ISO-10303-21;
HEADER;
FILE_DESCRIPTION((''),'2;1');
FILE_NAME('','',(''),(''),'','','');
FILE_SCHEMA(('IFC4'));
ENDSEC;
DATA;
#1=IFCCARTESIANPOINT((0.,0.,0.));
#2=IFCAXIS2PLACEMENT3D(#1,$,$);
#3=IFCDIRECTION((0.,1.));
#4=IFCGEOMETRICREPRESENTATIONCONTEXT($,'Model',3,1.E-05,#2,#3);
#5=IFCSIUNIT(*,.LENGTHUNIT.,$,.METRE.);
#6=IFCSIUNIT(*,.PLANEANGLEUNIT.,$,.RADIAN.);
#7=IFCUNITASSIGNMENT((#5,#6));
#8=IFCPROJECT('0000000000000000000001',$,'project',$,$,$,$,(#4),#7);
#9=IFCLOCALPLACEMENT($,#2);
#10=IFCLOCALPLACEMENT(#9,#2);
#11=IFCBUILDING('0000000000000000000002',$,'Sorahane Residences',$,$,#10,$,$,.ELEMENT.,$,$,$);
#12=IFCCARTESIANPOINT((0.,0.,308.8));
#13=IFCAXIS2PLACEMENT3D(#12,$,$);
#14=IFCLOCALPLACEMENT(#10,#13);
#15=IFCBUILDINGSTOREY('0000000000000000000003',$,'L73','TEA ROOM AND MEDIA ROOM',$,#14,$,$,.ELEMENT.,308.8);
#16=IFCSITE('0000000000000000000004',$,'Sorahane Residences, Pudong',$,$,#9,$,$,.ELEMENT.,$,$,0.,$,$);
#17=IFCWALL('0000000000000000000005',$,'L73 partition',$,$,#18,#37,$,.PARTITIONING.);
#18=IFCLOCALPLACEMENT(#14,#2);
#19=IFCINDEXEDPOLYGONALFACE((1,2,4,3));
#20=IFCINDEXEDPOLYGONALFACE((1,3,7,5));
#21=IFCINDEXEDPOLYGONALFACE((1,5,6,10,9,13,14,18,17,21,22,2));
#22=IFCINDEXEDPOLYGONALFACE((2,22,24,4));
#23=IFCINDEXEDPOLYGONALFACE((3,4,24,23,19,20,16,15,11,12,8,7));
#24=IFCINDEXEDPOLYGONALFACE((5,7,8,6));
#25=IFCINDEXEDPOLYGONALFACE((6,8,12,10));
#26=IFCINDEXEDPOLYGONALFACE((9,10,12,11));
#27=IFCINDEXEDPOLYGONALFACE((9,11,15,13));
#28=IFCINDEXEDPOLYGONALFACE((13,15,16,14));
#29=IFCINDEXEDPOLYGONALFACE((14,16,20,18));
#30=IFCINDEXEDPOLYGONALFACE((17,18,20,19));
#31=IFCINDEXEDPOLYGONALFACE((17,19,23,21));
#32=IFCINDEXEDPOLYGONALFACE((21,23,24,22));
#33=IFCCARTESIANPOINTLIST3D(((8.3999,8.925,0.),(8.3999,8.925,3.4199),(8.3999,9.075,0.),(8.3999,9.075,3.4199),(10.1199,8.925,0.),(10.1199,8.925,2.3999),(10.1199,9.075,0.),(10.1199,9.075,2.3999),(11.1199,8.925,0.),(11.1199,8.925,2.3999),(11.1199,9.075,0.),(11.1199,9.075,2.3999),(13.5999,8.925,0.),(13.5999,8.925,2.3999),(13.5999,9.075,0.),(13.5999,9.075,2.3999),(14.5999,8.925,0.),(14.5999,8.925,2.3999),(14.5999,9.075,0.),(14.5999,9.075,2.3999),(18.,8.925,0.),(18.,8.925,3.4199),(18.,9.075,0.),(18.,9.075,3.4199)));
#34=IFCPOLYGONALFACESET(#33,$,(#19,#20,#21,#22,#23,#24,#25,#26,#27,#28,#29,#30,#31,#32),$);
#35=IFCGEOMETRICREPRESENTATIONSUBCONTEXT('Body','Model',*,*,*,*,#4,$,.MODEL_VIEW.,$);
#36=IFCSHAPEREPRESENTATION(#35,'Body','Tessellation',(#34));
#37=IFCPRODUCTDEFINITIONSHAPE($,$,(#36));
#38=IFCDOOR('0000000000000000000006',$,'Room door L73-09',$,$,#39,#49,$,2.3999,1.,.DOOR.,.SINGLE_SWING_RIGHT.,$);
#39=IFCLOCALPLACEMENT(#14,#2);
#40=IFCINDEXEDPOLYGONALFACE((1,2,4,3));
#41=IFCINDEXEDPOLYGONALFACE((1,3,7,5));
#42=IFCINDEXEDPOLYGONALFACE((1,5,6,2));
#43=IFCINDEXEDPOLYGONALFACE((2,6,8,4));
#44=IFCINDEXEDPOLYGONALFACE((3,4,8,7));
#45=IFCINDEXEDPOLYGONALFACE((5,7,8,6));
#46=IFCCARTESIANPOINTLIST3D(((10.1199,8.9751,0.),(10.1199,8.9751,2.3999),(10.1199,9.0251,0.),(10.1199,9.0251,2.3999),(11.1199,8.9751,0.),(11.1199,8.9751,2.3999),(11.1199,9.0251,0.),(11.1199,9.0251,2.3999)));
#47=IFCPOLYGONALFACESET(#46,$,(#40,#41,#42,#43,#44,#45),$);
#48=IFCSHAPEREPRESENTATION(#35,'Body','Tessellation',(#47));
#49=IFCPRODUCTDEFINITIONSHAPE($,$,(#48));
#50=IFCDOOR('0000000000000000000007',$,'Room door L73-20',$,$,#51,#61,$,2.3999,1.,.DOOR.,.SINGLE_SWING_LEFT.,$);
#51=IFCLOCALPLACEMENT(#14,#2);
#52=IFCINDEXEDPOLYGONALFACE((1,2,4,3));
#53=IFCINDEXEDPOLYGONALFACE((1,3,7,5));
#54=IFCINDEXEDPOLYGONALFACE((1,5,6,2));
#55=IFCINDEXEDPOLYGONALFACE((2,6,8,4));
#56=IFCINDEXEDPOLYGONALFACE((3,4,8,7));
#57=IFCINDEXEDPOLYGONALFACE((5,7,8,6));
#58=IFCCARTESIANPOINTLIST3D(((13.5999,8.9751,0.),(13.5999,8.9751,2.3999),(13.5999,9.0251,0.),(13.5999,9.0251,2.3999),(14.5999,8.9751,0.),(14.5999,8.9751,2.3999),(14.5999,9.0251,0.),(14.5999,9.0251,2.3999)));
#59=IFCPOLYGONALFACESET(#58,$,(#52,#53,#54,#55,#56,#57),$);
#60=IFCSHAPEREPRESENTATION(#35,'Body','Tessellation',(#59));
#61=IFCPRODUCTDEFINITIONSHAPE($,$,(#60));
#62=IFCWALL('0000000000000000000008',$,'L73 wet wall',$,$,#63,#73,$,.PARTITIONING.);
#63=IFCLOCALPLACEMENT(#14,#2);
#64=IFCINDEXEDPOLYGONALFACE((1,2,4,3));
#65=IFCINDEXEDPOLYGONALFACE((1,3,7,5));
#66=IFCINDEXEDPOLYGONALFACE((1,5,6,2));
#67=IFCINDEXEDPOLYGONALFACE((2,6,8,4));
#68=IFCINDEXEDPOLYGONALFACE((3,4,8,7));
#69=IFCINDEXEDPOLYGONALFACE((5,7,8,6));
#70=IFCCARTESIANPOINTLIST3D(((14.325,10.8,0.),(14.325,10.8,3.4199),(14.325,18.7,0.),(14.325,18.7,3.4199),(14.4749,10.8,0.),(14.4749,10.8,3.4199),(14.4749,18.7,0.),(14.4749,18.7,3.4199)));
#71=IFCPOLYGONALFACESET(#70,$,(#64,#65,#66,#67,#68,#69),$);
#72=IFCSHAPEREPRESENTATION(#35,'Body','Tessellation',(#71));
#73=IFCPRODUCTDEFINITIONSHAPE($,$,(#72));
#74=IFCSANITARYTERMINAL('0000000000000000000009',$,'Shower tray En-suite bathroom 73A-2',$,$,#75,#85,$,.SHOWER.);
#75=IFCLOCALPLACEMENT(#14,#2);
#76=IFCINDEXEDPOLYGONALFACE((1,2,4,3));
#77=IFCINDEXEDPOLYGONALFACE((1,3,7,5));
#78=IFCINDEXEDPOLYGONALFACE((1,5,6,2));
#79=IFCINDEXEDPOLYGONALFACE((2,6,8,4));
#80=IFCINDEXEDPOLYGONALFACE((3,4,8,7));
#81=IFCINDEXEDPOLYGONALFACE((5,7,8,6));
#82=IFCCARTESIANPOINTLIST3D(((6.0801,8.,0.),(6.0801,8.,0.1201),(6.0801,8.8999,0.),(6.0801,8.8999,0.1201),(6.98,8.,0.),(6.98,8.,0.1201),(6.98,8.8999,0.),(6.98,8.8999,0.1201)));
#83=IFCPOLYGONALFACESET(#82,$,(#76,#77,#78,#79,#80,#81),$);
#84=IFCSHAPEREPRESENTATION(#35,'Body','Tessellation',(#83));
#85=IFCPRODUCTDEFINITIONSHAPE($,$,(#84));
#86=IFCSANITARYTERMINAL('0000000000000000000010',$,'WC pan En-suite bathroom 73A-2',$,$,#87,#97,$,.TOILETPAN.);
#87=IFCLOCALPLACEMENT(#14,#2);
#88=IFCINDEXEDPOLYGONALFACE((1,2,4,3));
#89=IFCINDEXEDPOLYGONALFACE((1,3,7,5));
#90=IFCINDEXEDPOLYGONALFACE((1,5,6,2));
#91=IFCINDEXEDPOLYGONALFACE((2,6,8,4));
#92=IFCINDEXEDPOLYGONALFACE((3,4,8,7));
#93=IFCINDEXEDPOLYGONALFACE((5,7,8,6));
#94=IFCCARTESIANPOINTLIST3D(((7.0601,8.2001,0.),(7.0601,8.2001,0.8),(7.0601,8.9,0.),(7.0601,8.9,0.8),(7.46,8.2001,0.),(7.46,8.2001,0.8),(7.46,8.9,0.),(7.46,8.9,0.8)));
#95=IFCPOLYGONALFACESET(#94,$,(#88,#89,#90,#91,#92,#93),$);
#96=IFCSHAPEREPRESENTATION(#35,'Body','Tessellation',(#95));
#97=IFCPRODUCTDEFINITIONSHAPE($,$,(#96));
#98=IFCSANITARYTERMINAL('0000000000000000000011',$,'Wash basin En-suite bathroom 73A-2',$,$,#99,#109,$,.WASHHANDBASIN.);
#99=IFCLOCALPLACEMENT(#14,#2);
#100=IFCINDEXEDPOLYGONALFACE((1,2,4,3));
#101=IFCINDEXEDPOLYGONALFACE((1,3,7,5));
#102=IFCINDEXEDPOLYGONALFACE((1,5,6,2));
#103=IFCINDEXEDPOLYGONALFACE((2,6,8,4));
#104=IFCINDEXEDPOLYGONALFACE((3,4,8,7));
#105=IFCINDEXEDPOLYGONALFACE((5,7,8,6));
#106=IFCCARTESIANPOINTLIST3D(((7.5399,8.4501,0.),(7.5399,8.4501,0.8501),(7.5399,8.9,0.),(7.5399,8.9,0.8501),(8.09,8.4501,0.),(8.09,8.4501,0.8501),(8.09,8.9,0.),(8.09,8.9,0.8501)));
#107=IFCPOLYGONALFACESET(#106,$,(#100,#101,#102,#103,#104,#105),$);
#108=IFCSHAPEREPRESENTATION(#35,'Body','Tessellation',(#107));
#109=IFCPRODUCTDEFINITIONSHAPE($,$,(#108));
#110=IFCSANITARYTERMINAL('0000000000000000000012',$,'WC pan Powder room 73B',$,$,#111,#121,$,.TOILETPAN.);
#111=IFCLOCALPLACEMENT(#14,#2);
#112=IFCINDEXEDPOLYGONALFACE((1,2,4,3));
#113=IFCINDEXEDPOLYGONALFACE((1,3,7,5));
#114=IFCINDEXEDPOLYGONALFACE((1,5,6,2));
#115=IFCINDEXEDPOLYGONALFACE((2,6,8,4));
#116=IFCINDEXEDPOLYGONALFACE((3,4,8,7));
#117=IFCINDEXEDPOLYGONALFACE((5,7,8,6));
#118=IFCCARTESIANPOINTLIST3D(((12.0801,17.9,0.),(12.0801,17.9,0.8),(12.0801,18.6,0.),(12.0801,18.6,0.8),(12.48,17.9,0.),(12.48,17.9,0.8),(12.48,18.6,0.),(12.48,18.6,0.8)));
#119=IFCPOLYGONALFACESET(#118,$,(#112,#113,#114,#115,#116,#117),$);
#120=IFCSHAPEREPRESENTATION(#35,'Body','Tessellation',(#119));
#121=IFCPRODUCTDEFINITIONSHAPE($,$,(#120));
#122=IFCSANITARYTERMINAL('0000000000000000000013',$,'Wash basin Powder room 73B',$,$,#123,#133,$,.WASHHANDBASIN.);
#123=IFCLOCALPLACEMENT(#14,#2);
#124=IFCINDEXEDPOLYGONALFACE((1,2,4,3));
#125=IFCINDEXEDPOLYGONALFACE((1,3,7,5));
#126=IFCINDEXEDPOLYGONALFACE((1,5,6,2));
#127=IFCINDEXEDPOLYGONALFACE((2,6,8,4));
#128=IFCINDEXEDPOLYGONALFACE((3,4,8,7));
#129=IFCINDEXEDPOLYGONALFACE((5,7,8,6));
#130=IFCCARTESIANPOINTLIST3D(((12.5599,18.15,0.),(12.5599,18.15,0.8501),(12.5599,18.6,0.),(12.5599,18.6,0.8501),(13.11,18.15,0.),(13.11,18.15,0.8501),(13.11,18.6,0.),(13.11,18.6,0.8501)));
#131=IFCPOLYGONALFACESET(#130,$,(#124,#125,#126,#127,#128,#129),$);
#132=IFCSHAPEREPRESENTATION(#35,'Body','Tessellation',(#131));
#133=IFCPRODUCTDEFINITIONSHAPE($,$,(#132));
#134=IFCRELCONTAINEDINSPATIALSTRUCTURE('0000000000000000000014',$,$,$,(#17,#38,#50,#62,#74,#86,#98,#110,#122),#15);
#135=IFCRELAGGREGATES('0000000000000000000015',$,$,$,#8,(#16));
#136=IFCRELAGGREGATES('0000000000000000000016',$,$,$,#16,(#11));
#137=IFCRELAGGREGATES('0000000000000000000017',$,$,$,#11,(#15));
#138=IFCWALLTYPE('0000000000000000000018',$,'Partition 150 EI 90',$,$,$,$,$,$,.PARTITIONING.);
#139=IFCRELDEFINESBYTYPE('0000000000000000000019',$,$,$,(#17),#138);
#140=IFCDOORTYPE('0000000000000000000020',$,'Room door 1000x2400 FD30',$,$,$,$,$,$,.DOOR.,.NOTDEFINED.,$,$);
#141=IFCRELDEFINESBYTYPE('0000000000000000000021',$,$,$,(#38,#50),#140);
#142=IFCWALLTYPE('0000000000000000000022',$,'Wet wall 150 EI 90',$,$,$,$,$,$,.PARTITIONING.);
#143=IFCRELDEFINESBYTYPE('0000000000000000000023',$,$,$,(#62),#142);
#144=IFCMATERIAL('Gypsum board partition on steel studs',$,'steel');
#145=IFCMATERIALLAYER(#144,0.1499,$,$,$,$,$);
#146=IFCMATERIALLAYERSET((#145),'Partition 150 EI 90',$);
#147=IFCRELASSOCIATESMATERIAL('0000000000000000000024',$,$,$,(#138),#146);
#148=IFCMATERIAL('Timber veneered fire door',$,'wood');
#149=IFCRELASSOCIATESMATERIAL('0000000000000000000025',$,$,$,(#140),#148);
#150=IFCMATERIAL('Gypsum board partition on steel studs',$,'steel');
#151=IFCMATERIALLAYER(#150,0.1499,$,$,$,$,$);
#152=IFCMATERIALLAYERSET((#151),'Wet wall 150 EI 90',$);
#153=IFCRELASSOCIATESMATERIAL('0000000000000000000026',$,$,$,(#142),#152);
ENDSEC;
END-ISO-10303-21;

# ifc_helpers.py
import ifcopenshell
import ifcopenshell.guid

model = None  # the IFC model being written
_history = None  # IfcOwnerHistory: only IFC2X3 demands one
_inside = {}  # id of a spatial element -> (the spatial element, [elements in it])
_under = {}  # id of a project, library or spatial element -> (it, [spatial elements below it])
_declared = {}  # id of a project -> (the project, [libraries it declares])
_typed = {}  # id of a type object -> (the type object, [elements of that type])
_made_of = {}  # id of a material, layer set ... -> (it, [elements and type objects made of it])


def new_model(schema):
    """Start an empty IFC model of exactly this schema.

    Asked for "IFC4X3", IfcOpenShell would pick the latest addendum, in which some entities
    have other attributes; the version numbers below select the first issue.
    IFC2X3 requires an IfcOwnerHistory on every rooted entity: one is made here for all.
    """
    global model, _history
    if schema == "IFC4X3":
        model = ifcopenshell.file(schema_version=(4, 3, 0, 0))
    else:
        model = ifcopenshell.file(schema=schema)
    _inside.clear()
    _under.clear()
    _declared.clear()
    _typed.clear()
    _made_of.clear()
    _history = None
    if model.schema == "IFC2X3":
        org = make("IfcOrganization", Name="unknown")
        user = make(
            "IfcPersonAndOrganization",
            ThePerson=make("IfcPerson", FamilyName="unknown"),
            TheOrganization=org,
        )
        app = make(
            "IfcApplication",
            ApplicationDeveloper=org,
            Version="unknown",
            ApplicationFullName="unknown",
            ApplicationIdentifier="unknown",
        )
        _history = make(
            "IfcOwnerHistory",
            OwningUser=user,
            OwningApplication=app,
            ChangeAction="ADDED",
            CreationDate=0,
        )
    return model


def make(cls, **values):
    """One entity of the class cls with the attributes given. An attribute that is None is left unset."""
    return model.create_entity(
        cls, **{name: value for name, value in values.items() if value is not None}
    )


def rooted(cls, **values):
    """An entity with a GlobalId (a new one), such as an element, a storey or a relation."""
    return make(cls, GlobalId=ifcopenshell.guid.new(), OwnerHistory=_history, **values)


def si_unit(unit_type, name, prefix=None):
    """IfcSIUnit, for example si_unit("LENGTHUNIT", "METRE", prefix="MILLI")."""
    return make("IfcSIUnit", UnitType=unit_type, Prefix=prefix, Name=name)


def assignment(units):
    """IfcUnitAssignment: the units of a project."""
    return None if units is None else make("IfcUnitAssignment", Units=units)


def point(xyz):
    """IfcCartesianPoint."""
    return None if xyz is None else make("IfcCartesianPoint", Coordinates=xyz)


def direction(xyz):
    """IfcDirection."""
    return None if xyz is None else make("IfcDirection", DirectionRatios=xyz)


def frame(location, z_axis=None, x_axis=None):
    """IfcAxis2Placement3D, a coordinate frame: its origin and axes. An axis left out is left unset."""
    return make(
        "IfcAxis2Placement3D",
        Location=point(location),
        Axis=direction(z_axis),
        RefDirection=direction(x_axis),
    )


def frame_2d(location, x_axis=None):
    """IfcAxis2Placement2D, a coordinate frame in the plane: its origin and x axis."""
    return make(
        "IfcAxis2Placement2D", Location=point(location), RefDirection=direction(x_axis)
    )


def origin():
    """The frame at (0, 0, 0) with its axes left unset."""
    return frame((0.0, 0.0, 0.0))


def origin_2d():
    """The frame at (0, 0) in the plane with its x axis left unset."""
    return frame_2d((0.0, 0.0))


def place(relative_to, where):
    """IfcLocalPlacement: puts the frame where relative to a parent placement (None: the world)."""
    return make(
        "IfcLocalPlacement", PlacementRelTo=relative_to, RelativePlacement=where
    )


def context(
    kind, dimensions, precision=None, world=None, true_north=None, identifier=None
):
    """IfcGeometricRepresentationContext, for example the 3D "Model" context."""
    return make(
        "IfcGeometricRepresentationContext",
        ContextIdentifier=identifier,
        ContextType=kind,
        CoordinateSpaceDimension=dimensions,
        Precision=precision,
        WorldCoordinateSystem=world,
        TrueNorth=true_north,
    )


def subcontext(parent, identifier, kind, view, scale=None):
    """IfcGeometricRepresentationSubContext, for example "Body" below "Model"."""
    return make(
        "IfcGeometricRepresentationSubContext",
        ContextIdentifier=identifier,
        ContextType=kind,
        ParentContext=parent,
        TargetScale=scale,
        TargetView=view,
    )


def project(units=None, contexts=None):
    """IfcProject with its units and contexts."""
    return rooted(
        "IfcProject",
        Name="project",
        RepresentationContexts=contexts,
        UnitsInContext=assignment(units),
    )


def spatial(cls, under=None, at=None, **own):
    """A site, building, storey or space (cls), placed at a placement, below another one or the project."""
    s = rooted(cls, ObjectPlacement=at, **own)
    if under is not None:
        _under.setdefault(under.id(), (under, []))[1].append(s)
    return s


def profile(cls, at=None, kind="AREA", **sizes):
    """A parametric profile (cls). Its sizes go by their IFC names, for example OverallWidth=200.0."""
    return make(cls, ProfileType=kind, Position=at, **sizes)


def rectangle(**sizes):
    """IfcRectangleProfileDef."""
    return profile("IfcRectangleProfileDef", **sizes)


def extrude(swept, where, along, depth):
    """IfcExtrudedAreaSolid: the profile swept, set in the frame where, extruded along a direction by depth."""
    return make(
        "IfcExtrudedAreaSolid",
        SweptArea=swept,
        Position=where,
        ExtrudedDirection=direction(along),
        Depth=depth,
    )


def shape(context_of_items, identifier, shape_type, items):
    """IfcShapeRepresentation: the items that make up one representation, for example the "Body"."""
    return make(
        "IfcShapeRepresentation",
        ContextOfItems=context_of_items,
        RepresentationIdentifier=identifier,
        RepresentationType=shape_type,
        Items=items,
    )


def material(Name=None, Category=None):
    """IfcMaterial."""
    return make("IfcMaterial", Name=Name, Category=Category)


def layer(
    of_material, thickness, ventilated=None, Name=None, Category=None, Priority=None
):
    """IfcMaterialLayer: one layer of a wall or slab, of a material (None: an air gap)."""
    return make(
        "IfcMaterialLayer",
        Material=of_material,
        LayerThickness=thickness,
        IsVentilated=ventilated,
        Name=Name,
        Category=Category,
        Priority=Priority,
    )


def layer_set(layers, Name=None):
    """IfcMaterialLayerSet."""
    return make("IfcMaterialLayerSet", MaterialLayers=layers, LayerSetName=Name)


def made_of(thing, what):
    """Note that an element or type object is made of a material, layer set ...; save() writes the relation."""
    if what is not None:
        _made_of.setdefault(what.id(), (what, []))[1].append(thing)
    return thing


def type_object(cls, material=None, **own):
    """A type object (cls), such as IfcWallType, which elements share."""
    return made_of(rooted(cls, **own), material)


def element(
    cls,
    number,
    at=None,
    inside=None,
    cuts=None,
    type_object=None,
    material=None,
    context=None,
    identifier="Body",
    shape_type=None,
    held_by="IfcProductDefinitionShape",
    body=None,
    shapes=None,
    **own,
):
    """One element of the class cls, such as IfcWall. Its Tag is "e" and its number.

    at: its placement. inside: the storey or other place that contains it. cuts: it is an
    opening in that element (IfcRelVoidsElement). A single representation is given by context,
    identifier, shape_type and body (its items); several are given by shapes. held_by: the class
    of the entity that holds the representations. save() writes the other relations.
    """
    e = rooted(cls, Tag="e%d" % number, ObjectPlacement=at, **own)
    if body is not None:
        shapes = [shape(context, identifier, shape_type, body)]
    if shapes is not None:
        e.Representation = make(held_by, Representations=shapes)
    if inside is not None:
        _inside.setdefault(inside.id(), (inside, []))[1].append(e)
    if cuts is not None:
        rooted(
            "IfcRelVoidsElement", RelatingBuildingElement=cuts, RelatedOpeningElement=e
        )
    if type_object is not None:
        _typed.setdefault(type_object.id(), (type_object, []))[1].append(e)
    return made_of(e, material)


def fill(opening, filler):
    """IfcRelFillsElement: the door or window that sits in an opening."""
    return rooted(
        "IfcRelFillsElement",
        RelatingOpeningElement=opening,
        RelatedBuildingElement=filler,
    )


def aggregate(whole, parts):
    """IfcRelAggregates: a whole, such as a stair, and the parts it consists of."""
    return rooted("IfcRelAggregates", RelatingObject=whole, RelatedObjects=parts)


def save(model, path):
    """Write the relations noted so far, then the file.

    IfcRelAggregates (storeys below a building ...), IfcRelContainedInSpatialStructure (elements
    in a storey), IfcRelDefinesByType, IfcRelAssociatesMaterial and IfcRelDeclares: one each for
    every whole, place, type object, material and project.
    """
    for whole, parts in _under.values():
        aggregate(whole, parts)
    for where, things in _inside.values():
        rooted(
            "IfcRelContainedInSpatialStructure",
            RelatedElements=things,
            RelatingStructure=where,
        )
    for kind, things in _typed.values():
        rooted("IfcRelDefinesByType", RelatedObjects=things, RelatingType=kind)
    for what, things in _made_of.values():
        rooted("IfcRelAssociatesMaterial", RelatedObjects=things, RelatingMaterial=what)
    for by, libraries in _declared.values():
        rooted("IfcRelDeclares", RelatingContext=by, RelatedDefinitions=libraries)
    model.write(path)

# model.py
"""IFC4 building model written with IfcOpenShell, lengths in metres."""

from ifc_helpers import new_model, si_unit, direction, frame, frame_2d, origin, origin_2d, place, context, subcontext, project, spatial, rectangle, extrude, material, layer, layer_set, type_object, element, fill, save


model = new_model("IFC4")

# Units and contexts
model_context = context("Model", 3, precision=1e-05, world=origin(), true_north=direction((0.0, 1.0)))
body_context = subcontext(model_context, "Body", "Model", "MODEL_VIEW")
ifc_project = project(units=[si_unit("LENGTHUNIT", "METRE"), si_unit("PLANEANGLEUNIT", "RADIAN")], contexts=[model_context])

# Site, building, storey
site_placement = place(None, origin())
site = spatial("IfcSite", under=ifc_project, at=site_placement, Name="Sorahane Residences, Pudong", CompositionType="ELEMENT", RefElevation=0.0)
building_placement = place(site_placement, origin())
building = spatial("IfcBuilding", under=site, at=building_placement, Name="Sorahane Residences", CompositionType="ELEMENT")
storey_placement = place(building_placement, frame((0.0, 0.0, 308.8)))
storey = spatial("IfcBuildingStorey", under=building, at=storey_placement, Name="L73", Description="TEA ROOM AND MEDIA ROOM", CompositionType="ELEMENT", Elevation=308.8)

# Shared definitions
ifc_material_1 = material(Name="Gypsum board partition on steel studs", Category="steel")
ifc_layer_1 = layer(ifc_material_1, 0.1499)
ifc_layer_set_1 = layer_set([ifc_layer_1], Name="Partition 150 EI 90")
wall_type_1 = type_object("IfcWallType", Name="Partition 150 EI 90", PredefinedType="PARTITIONING", material=ifc_layer_set_1)

# Shared definitions
ifc_material_2 = material(Name="Timber veneered fire door", Category="wood")
door_type_1 = type_object("IfcDoorType", Name="Room door 1000x2400 FD30", OperationType="NOTDEFINED", PredefinedType="DOOR", material=ifc_material_2)

# Wall, openings, doors
wall_1_placement = place(storey_placement, frame((8.3999, 9.0, 0.0), z_axis=(0.0, 0.0, 1.0), x_axis=(1.0, 0.0, 0.0)))
wall_1 = element("IfcWall", 1, at=wall_1_placement, inside=storey, type_object=wall_type_1, Name="L73 partition", PredefinedType="PARTITIONING", context=body_context, shape_type="SweptSolid", body=[
    extrude(rectangle(XDim=9.6001, YDim=0.1499, at=frame_2d((4.8, 0.0))), origin(), (0.0, 0.0, 1.0), 3.4199),
])
opening_1_placement = place(wall_1_placement, frame((1.72, 0.0, 0.0)))
opening_1 = element("IfcOpeningElement", 2, at=opening_1_placement, cuts=wall_1, PredefinedType="OPENING", context=body_context, shape_type="SweptSolid", body=[
    extrude(rectangle(XDim=1.0, YDim=2.3999, at=frame_2d((0.5, 1.2))), frame((0.0, 0.085, 0.0), z_axis=(0.0, -1.0, 0.0), x_axis=(1.0, 0.0, 0.0)), (0.0, 0.0, 1.0), 0.1699),
])
opening_2_placement = place(wall_1_placement, frame((5.2, 0.0, 0.0)))
opening_2 = element("IfcOpeningElement", 3, at=opening_2_placement, cuts=wall_1, PredefinedType="OPENING", context=body_context, shape_type="SweptSolid", body=[
    extrude(rectangle(XDim=1.0, YDim=2.3999, at=frame_2d((0.5, 1.2))), frame((0.0, 0.085, 0.0), z_axis=(0.0, -1.0, 0.0), x_axis=(1.0, 0.0, 0.0)), (0.0, 0.0, 1.0), 0.1699),
])
door_1_placement = place(opening_1_placement, frame((1.0, 0.0, 0.0), z_axis=(0.0, 0.0, 1.0), x_axis=(-1.0, 0.0, 0.0)))
door_1 = element("IfcDoor", 4, at=door_1_placement, inside=storey, type_object=door_type_1, Name="Room door L73-09", OperationType="SINGLE_SWING_RIGHT", OverallHeight=2.3999, OverallWidth=1.0, PredefinedType="DOOR", context=body_context, shape_type="SweptSolid", body=[
    extrude(rectangle(XDim=1.0, YDim=2.3999, at=frame_2d((0.5, 1.2))), frame((0.0, 0.0249, 0.0), z_axis=(0.0, -1.0, 0.0), x_axis=(1.0, 0.0, 0.0)), (0.0, 0.0, 1.0), 0.05),
])
fill(opening_1, door_1)
door_2_placement = place(opening_2_placement, frame((1.0, 0.0, 0.0), z_axis=(0.0, 0.0, 1.0), x_axis=(-1.0, 0.0, 0.0)))
door_2 = element("IfcDoor", 5, at=door_2_placement, inside=storey, type_object=door_type_1, Name="Room door L73-20", OperationType="SINGLE_SWING_LEFT", OverallHeight=2.3999, OverallWidth=1.0, PredefinedType="DOOR", context=body_context, shape_type="SweptSolid", body=[
    extrude(rectangle(XDim=1.0, YDim=2.3999, at=frame_2d((0.5, 1.2))), frame((0.0, 0.0249, 0.0), z_axis=(0.0, -1.0, 0.0), x_axis=(1.0, 0.0, 0.0)), (0.0, 0.0, 1.0), 0.05),
])
fill(opening_2, door_2)

# Wall
ifc_material_3 = material(Name="Gypsum board partition on steel studs", Category="steel")
ifc_layer_2 = layer(ifc_material_3, 0.1499)
ifc_layer_set_2 = layer_set([ifc_layer_2], Name="Wet wall 150 EI 90")
wall_type_2 = type_object("IfcWallType", Name="Wet wall 150 EI 90", PredefinedType="PARTITIONING", material=ifc_layer_set_2)
wall_2_placement = place(storey_placement, frame((14.3999, 10.8, 0.0), z_axis=(0.0, 0.0, 1.0), x_axis=(0.0, 1.0, 0.0)))
element("IfcWall", 6, at=wall_2_placement, inside=storey, type_object=wall_type_2, Name="L73 wet wall", PredefinedType="PARTITIONING", context=body_context, shape_type="SweptSolid", body=[
    extrude(rectangle(XDim=7.8999, YDim=0.1499, at=frame_2d((3.95, 0.0))), origin(), (0.0, 0.0, 1.0), 3.4199),
])

# Sanitary terminals
sanitary_terminal_1_placement = place(storey_placement, frame((6.53, 8.45, 0.0), z_axis=(0.0, 0.0, 1.0), x_axis=(1.0, 0.0, 0.0)))
element("IfcSanitaryTerminal", 7, at=sanitary_terminal_1_placement, inside=storey, Name="Shower tray En-suite bathroom 73A-2", PredefinedType="SHOWER", context=body_context, shape_type="SweptSolid", body=[
    extrude(rectangle(XDim=0.8999, YDim=0.8999, at=origin_2d()), origin(), (0.0, 0.0, 1.0), 0.1201),
])
sanitary_terminal_2_placement = place(storey_placement, frame((7.26, 8.55, 0.0), z_axis=(0.0, 0.0, 1.0), x_axis=(1.0, 0.0, 0.0)))
element("IfcSanitaryTerminal", 8, at=sanitary_terminal_2_placement, inside=storey, Name="WC pan En-suite bathroom 73A-2", PredefinedType="TOILETPAN", context=body_context, shape_type="SweptSolid", body=[
    extrude(rectangle(XDim=0.3999, YDim=0.7, at=origin_2d()), origin(), (0.0, 0.0, 1.0), 0.8),
])
sanitary_terminal_3_placement = place(storey_placement, frame((7.8149, 8.675, 0.0), z_axis=(0.0, 0.0, 1.0), x_axis=(1.0, 0.0, 0.0)))
element("IfcSanitaryTerminal", 9, at=sanitary_terminal_3_placement, inside=storey, Name="Wash basin En-suite bathroom 73A-2", PredefinedType="WASHHANDBASIN", context=body_context, shape_type="SweptSolid", body=[
    extrude(rectangle(XDim=0.55, YDim=0.45, at=origin_2d()), origin(), (0.0, 0.0, 1.0), 0.8501),
])
sanitary_terminal_4_placement = place(storey_placement, frame((12.28, 18.25, 0.0), z_axis=(0.0, 0.0, 1.0), x_axis=(1.0, 0.0, 0.0)))
element("IfcSanitaryTerminal", 10, at=sanitary_terminal_4_placement, inside=storey, Name="WC pan Powder room 73B", PredefinedType="TOILETPAN", context=body_context, shape_type="SweptSolid", body=[
    extrude(rectangle(XDim=0.3999, YDim=0.7, at=origin_2d()), origin(), (0.0, 0.0, 1.0), 0.8),
])
sanitary_terminal_5_placement = place(storey_placement, frame((12.835, 18.375, 0.0), z_axis=(0.0, 0.0, 1.0), x_axis=(1.0, 0.0, 0.0)))
element("IfcSanitaryTerminal", 11, at=sanitary_terminal_5_placement, inside=storey, Name="Wash basin Powder room 73B", PredefinedType="WASHHANDBASIN", context=body_context, shape_type="SweptSolid", body=[
    extrude(rectangle(XDim=0.55, YDim=0.45, at=origin_2d()), origin(), (0.0, 0.0, 1.0), 0.8501),
])

save(model, "model.ifc")
